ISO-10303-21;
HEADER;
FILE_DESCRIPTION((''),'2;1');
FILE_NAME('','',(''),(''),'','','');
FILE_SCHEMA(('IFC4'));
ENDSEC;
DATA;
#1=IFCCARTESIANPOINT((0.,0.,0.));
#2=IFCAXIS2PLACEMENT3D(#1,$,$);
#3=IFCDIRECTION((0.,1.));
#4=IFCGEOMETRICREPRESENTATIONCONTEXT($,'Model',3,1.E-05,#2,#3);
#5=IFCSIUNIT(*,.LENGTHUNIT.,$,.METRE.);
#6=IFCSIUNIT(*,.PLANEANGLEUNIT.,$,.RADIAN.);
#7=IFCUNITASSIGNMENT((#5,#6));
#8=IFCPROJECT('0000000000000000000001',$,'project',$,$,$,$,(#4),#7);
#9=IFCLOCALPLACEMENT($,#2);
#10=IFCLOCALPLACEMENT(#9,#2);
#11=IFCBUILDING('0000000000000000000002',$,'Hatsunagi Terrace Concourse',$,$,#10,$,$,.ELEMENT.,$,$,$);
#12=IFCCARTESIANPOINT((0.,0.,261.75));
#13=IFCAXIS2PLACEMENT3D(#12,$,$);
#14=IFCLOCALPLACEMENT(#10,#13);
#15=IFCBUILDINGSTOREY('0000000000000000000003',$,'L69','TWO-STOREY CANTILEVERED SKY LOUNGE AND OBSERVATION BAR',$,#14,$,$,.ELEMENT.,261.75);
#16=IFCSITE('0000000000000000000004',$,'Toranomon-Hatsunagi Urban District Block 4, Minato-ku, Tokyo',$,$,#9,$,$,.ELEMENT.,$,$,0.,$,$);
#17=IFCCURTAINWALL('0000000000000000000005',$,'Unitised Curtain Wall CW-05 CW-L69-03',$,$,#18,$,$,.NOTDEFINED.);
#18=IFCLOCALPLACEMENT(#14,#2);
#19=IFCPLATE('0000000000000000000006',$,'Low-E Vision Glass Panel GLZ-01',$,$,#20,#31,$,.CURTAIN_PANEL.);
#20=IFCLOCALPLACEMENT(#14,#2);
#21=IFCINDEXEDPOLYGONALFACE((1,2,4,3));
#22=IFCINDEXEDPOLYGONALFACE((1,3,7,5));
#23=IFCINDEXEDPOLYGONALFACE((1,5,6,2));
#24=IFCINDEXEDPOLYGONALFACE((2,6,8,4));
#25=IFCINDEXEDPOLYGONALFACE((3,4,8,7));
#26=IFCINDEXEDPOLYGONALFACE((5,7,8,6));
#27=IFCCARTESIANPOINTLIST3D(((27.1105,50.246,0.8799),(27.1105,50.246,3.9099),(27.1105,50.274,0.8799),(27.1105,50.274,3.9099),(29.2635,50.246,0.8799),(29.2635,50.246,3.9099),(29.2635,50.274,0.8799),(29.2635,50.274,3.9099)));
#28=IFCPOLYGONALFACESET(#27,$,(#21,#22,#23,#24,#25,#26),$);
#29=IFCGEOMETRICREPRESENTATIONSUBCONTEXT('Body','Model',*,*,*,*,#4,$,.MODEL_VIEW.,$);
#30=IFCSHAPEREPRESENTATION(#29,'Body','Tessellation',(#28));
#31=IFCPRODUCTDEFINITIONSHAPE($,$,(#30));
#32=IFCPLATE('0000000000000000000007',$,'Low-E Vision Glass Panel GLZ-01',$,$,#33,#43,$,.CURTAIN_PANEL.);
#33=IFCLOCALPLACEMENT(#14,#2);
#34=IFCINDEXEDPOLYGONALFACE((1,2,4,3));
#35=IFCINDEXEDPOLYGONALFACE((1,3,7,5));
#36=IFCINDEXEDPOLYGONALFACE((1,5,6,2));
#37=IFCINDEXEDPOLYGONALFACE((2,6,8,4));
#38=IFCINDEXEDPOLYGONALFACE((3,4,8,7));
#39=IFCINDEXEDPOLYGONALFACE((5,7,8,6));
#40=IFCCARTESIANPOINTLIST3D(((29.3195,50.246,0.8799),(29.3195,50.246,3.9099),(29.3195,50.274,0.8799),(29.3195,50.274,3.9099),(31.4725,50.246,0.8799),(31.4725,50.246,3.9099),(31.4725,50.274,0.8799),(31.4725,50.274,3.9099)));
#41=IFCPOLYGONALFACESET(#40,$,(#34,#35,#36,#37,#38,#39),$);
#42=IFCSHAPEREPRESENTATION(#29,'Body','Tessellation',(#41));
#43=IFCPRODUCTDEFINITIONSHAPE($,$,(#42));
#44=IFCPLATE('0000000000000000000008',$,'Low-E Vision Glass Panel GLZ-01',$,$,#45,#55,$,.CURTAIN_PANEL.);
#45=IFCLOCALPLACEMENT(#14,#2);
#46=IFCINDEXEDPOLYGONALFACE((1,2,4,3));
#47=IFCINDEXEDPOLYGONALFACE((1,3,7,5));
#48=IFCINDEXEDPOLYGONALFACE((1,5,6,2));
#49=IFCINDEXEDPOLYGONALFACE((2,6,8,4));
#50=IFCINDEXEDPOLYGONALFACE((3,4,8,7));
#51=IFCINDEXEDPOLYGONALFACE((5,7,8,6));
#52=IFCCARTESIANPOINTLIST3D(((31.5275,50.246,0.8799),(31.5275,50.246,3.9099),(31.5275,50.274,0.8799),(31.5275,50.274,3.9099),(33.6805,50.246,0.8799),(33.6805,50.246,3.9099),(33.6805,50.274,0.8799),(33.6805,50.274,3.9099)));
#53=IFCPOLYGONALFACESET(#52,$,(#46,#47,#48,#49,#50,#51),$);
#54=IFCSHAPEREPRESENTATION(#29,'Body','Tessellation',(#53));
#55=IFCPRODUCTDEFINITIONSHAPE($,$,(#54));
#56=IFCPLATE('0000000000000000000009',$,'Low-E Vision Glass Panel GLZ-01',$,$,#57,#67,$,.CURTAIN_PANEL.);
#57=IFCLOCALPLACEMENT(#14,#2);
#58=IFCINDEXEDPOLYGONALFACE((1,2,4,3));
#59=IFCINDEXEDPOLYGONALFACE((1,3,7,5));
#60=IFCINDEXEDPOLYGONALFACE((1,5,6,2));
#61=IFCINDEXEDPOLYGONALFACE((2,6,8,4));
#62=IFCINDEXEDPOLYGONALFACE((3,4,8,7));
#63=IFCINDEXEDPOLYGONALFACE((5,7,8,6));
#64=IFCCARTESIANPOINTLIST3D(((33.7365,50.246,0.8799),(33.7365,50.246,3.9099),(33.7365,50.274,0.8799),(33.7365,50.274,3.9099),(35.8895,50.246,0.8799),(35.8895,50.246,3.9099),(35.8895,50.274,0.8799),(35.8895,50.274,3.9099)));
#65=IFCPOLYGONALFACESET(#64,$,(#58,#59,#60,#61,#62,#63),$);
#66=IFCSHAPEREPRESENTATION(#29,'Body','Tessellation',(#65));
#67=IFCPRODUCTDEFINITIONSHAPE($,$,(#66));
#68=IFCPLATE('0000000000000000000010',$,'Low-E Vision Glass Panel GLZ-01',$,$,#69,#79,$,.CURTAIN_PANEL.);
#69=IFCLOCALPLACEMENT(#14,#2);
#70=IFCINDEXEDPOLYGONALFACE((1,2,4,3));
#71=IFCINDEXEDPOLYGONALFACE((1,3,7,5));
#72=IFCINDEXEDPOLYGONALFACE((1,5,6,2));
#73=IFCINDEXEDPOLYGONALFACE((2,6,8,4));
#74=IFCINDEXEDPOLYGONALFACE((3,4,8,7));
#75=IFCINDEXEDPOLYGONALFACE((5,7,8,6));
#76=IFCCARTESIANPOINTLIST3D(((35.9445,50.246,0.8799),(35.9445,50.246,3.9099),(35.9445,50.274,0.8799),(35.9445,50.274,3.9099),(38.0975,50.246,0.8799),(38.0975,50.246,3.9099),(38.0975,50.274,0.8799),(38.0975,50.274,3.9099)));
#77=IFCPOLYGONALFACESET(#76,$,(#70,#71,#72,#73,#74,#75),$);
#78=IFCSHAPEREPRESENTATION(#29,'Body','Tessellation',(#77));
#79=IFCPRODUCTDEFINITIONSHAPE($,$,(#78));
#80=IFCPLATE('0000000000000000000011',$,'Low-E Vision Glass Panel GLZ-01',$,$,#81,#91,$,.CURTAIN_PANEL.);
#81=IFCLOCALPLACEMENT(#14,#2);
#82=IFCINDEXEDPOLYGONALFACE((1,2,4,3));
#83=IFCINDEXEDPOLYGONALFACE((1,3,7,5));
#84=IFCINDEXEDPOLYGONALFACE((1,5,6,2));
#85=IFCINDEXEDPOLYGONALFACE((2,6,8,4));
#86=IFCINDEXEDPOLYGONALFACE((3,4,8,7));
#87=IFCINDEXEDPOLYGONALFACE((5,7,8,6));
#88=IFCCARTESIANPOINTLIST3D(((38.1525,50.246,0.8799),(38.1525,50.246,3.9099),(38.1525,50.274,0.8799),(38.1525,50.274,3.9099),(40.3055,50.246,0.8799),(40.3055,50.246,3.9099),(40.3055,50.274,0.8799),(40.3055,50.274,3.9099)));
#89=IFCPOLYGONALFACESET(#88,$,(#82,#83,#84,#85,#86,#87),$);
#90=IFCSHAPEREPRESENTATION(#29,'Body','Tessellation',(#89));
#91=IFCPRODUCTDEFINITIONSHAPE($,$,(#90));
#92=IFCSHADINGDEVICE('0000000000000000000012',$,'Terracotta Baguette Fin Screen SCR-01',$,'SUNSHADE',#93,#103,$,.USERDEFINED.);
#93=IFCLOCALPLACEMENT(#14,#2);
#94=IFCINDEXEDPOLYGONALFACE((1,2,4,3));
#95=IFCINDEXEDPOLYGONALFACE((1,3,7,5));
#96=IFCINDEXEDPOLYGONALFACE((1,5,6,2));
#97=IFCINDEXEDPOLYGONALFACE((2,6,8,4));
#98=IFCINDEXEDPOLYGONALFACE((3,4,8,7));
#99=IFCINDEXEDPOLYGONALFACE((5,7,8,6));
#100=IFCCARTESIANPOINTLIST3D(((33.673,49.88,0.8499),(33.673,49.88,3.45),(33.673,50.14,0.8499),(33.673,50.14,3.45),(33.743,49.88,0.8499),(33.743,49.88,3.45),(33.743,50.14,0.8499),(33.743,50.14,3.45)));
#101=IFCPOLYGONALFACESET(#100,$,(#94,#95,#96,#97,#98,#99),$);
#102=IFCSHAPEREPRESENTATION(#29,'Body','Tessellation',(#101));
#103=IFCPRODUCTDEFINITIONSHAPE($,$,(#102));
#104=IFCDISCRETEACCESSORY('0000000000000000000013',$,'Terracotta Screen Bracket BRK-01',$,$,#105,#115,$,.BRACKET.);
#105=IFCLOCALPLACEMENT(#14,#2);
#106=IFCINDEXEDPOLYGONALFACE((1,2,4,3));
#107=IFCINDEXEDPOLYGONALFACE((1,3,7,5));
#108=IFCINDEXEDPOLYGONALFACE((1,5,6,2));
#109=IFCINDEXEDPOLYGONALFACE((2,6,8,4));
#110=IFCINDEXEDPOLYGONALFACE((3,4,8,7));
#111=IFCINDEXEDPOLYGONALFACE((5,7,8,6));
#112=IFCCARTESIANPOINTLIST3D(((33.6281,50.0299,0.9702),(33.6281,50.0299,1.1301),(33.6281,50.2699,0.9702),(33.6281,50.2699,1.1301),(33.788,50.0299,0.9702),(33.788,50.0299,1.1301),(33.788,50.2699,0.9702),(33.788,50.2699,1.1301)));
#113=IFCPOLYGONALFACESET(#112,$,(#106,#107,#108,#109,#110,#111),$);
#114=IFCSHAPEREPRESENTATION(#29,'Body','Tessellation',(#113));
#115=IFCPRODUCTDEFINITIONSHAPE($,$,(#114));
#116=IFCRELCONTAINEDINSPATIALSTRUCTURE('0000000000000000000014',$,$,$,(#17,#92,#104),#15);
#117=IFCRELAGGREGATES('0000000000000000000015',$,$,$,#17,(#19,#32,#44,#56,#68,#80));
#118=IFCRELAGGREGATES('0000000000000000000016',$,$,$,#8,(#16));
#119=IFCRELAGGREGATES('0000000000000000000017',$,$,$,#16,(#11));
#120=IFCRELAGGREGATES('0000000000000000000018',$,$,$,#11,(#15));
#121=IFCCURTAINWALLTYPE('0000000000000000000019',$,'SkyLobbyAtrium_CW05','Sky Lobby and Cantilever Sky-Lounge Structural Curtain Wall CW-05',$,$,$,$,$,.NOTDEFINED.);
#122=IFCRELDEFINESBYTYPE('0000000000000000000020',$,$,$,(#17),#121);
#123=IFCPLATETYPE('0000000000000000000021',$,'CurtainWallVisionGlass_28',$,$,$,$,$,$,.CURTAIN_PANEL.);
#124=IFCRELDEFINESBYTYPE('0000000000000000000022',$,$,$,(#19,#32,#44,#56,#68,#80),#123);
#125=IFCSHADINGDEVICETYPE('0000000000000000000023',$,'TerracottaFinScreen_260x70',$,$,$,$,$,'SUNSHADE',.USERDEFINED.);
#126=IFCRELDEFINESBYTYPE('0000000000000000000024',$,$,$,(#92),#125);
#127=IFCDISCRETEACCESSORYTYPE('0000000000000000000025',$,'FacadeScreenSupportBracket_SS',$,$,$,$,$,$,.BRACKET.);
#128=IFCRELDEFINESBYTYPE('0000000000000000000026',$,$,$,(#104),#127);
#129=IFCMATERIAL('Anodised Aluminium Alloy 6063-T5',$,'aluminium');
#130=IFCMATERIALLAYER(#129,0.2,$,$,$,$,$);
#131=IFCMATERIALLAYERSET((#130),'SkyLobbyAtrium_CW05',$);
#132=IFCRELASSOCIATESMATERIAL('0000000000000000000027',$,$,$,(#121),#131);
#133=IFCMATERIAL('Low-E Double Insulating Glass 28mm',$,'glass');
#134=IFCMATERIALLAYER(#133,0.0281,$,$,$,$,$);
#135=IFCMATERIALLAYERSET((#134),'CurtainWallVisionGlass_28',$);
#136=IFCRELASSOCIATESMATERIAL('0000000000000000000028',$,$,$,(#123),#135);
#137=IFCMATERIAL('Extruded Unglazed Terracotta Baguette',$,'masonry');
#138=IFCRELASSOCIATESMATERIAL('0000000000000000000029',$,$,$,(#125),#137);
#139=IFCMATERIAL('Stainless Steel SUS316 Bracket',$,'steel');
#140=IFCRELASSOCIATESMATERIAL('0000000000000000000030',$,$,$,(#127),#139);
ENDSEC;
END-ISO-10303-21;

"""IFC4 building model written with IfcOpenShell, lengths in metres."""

from ifc_helpers import new_model, si_unit, direction, frame, origin, origin_2d, place, context, subcontext, project, spatial, rectangle, extrude, material, layer, layer_set, type_object, element, aggregate, save


model = new_model("IFC4")

# Units and contexts
model_context = context("Model", 3, precision=1e-05, world=origin(), true_north=direction((0.0, 1.0)))
body_context = subcontext(model_context, "Body", "Model", "MODEL_VIEW")
ifc_project = project(units=[si_unit("LENGTHUNIT", "METRE"), si_unit("PLANEANGLEUNIT", "RADIAN")], contexts=[model_context])

# Site, building, storey
site_placement = place(None, origin())
site = spatial("IfcSite", under=ifc_project, at=site_placement, Name="Toranomon-Hatsunagi Urban District Block 4, Minato-ku, Tokyo", CompositionType="ELEMENT", RefElevation=0.0)
building_placement = place(site_placement, origin())
building = spatial("IfcBuilding", under=site, at=building_placement, Name="Hatsunagi Terrace Concourse", CompositionType="ELEMENT")
storey_placement = place(building_placement, frame((0.0, 0.0, 261.75)))
storey = spatial("IfcBuildingStorey", under=building, at=storey_placement, Name="L69", Description="TWO-STOREY CANTILEVERED SKY LOUNGE AND OBSERVATION BAR", CompositionType="ELEMENT", Elevation=261.75)

# Curtain wall
ifc_material_1 = material(Name="Anodised Aluminium Alloy 6063-T5", Category="aluminium")
ifc_layer_1 = layer(ifc_material_1, 0.2)
ifc_layer_set_1 = layer_set([ifc_layer_1], Name="SkyLobbyAtrium_CW05")
curtain_wall_type = type_object("IfcCurtainWallType", Name="SkyLobbyAtrium_CW05", Description="Sky Lobby and Cantilever Sky-Lounge Structural Curtain Wall CW-05", PredefinedType="NOTDEFINED", material=ifc_layer_set_1)
curtain_wall_placement = place(storey_placement, origin())
curtain_wall = element("IfcCurtainWall", 1, at=curtain_wall_placement, inside=storey, type_object=curtain_wall_type, Name="Unitised Curtain Wall CW-05 CW-L69-03", PredefinedType="NOTDEFINED")

# Plates
ifc_material_2 = material(Name="Low-E Double Insulating Glass 28mm", Category="glass")
ifc_layer_2 = layer(ifc_material_2, 0.0281)
ifc_layer_set_2 = layer_set([ifc_layer_2], Name="CurtainWallVisionGlass_28")
plate_type_1 = type_object("IfcPlateType", Name="CurtainWallVisionGlass_28", PredefinedType="CURTAIN_PANEL", material=ifc_layer_set_2)
plate_1_placement = place(storey_placement, frame((28.187, 50.26, 0.8799), z_axis=(0.0, 0.0, 1.0), x_axis=(1.0, 0.0, 0.0)))
plate_1 = element("IfcPlate", 2, at=plate_1_placement, type_object=plate_type_1, Name="Low-E Vision Glass Panel GLZ-01", PredefinedType="CURTAIN_PANEL", context=body_context, shape_type="SweptSolid", body=[
    extrude(rectangle(XDim=2.1531, YDim=0.0281, at=origin_2d()), origin(), (0.0, 0.0, 1.0), 3.03),
])
plate_2_placement = place(storey_placement, frame((30.396, 50.26, 0.8799), z_axis=(0.0, 0.0, 1.0), x_axis=(1.0, 0.0, 0.0)))
plate_2 = element("IfcPlate", 3, at=plate_2_placement, type_object=plate_type_1, Name="Low-E Vision Glass Panel GLZ-01", PredefinedType="CURTAIN_PANEL", context=body_context, shape_type="SweptSolid", body=[
    extrude(rectangle(XDim=2.1531, YDim=0.0281, at=origin_2d()), origin(), (0.0, 0.0, 1.0), 3.03),
])
plate_3_placement = place(storey_placement, frame((32.604, 50.26, 0.8799), z_axis=(0.0, 0.0, 1.0), x_axis=(1.0, 0.0, 0.0)))
plate_3 = element("IfcPlate", 4, at=plate_3_placement, type_object=plate_type_1, Name="Low-E Vision Glass Panel GLZ-01", PredefinedType="CURTAIN_PANEL", context=body_context, shape_type="SweptSolid", body=[
    extrude(rectangle(XDim=2.1531, YDim=0.0281, at=origin_2d()), origin(), (0.0, 0.0, 1.0), 3.03),
])
plate_4_placement = place(storey_placement, frame((34.813, 50.26, 0.8799), z_axis=(0.0, 0.0, 1.0), x_axis=(1.0, 0.0, 0.0)))
plate_4 = element("IfcPlate", 5, at=plate_4_placement, type_object=plate_type_1, Name="Low-E Vision Glass Panel GLZ-01", PredefinedType="CURTAIN_PANEL", context=body_context, shape_type="SweptSolid", body=[
    extrude(rectangle(XDim=2.1531, YDim=0.0281, at=origin_2d()), origin(), (0.0, 0.0, 1.0), 3.03),
])
plate_5_placement = place(storey_placement, frame((37.021, 50.26, 0.8799), z_axis=(0.0, 0.0, 1.0), x_axis=(1.0, 0.0, 0.0)))
plate_5 = element("IfcPlate", 6, at=plate_5_placement, type_object=plate_type_1, Name="Low-E Vision Glass Panel GLZ-01", PredefinedType="CURTAIN_PANEL", context=body_context, shape_type="SweptSolid", body=[
    extrude(rectangle(XDim=2.1531, YDim=0.0281, at=origin_2d()), origin(), (0.0, 0.0, 1.0), 3.03),
])
plate_6_placement = place(storey_placement, frame((39.229, 50.26, 0.8799), z_axis=(0.0, 0.0, 1.0), x_axis=(1.0, 0.0, 0.0)))
plate_6 = element("IfcPlate", 7, at=plate_6_placement, type_object=plate_type_1, Name="Low-E Vision Glass Panel GLZ-01", PredefinedType="CURTAIN_PANEL", context=body_context, shape_type="SweptSolid", body=[
    extrude(rectangle(XDim=2.1531, YDim=0.0281, at=origin_2d()), origin(), (0.0, 0.0, 1.0), 3.03),
])
aggregate(curtain_wall, [plate_1, plate_2, plate_3, plate_4, plate_5, plate_6])

# Shading device
ifc_material_3 = material(Name="Extruded Unglazed Terracotta Baguette", Category="masonry")
shading_device_type = type_object("IfcShadingDeviceType", Name="TerracottaFinScreen_260x70", ElementType="SUNSHADE", PredefinedType="USERDEFINED", material=ifc_material_3)
shading_device_placement = place(storey_placement, frame((33.708, 50.01, 0.8499), z_axis=(0.0, 0.0, 1.0), x_axis=(1.0, 0.0, 0.0)))
element("IfcShadingDevice", 8, at=shading_device_placement, inside=storey, type_object=shading_device_type, Name="Terracotta Baguette Fin Screen SCR-01", ObjectType="SUNSHADE", PredefinedType="USERDEFINED", context=body_context, shape_type="SweptSolid", body=[
    extrude(rectangle(XDim=0.0701, YDim=0.26, at=origin_2d()), origin(), (0.0, 0.0, 1.0), 2.6001),
])

# Discrete accessory
ifc_material_4 = material(Name="Stainless Steel SUS316 Bracket", Category="steel")
discrete_accessory_type = type_object("IfcDiscreteAccessoryType", Name="FacadeScreenSupportBracket_SS", PredefinedType="BRACKET", material=ifc_material_4)
discrete_accessory_placement = place(storey_placement, frame((33.708, 50.1499, 0.9702), z_axis=(0.0, 0.0, 1.0), x_axis=(1.0, 0.0, 0.0)))
element("IfcDiscreteAccessory", 9, at=discrete_accessory_placement, inside=storey, type_object=discrete_accessory_type, Name="Terracotta Screen Bracket BRK-01", PredefinedType="BRACKET", context=body_context, shape_type="SweptSolid", body=[
    extrude(rectangle(XDim=0.1599, YDim=0.24, at=origin_2d()), origin(), (0.0, 0.0, 1.0), 0.1599),
])

save(model, "model.ifc")
